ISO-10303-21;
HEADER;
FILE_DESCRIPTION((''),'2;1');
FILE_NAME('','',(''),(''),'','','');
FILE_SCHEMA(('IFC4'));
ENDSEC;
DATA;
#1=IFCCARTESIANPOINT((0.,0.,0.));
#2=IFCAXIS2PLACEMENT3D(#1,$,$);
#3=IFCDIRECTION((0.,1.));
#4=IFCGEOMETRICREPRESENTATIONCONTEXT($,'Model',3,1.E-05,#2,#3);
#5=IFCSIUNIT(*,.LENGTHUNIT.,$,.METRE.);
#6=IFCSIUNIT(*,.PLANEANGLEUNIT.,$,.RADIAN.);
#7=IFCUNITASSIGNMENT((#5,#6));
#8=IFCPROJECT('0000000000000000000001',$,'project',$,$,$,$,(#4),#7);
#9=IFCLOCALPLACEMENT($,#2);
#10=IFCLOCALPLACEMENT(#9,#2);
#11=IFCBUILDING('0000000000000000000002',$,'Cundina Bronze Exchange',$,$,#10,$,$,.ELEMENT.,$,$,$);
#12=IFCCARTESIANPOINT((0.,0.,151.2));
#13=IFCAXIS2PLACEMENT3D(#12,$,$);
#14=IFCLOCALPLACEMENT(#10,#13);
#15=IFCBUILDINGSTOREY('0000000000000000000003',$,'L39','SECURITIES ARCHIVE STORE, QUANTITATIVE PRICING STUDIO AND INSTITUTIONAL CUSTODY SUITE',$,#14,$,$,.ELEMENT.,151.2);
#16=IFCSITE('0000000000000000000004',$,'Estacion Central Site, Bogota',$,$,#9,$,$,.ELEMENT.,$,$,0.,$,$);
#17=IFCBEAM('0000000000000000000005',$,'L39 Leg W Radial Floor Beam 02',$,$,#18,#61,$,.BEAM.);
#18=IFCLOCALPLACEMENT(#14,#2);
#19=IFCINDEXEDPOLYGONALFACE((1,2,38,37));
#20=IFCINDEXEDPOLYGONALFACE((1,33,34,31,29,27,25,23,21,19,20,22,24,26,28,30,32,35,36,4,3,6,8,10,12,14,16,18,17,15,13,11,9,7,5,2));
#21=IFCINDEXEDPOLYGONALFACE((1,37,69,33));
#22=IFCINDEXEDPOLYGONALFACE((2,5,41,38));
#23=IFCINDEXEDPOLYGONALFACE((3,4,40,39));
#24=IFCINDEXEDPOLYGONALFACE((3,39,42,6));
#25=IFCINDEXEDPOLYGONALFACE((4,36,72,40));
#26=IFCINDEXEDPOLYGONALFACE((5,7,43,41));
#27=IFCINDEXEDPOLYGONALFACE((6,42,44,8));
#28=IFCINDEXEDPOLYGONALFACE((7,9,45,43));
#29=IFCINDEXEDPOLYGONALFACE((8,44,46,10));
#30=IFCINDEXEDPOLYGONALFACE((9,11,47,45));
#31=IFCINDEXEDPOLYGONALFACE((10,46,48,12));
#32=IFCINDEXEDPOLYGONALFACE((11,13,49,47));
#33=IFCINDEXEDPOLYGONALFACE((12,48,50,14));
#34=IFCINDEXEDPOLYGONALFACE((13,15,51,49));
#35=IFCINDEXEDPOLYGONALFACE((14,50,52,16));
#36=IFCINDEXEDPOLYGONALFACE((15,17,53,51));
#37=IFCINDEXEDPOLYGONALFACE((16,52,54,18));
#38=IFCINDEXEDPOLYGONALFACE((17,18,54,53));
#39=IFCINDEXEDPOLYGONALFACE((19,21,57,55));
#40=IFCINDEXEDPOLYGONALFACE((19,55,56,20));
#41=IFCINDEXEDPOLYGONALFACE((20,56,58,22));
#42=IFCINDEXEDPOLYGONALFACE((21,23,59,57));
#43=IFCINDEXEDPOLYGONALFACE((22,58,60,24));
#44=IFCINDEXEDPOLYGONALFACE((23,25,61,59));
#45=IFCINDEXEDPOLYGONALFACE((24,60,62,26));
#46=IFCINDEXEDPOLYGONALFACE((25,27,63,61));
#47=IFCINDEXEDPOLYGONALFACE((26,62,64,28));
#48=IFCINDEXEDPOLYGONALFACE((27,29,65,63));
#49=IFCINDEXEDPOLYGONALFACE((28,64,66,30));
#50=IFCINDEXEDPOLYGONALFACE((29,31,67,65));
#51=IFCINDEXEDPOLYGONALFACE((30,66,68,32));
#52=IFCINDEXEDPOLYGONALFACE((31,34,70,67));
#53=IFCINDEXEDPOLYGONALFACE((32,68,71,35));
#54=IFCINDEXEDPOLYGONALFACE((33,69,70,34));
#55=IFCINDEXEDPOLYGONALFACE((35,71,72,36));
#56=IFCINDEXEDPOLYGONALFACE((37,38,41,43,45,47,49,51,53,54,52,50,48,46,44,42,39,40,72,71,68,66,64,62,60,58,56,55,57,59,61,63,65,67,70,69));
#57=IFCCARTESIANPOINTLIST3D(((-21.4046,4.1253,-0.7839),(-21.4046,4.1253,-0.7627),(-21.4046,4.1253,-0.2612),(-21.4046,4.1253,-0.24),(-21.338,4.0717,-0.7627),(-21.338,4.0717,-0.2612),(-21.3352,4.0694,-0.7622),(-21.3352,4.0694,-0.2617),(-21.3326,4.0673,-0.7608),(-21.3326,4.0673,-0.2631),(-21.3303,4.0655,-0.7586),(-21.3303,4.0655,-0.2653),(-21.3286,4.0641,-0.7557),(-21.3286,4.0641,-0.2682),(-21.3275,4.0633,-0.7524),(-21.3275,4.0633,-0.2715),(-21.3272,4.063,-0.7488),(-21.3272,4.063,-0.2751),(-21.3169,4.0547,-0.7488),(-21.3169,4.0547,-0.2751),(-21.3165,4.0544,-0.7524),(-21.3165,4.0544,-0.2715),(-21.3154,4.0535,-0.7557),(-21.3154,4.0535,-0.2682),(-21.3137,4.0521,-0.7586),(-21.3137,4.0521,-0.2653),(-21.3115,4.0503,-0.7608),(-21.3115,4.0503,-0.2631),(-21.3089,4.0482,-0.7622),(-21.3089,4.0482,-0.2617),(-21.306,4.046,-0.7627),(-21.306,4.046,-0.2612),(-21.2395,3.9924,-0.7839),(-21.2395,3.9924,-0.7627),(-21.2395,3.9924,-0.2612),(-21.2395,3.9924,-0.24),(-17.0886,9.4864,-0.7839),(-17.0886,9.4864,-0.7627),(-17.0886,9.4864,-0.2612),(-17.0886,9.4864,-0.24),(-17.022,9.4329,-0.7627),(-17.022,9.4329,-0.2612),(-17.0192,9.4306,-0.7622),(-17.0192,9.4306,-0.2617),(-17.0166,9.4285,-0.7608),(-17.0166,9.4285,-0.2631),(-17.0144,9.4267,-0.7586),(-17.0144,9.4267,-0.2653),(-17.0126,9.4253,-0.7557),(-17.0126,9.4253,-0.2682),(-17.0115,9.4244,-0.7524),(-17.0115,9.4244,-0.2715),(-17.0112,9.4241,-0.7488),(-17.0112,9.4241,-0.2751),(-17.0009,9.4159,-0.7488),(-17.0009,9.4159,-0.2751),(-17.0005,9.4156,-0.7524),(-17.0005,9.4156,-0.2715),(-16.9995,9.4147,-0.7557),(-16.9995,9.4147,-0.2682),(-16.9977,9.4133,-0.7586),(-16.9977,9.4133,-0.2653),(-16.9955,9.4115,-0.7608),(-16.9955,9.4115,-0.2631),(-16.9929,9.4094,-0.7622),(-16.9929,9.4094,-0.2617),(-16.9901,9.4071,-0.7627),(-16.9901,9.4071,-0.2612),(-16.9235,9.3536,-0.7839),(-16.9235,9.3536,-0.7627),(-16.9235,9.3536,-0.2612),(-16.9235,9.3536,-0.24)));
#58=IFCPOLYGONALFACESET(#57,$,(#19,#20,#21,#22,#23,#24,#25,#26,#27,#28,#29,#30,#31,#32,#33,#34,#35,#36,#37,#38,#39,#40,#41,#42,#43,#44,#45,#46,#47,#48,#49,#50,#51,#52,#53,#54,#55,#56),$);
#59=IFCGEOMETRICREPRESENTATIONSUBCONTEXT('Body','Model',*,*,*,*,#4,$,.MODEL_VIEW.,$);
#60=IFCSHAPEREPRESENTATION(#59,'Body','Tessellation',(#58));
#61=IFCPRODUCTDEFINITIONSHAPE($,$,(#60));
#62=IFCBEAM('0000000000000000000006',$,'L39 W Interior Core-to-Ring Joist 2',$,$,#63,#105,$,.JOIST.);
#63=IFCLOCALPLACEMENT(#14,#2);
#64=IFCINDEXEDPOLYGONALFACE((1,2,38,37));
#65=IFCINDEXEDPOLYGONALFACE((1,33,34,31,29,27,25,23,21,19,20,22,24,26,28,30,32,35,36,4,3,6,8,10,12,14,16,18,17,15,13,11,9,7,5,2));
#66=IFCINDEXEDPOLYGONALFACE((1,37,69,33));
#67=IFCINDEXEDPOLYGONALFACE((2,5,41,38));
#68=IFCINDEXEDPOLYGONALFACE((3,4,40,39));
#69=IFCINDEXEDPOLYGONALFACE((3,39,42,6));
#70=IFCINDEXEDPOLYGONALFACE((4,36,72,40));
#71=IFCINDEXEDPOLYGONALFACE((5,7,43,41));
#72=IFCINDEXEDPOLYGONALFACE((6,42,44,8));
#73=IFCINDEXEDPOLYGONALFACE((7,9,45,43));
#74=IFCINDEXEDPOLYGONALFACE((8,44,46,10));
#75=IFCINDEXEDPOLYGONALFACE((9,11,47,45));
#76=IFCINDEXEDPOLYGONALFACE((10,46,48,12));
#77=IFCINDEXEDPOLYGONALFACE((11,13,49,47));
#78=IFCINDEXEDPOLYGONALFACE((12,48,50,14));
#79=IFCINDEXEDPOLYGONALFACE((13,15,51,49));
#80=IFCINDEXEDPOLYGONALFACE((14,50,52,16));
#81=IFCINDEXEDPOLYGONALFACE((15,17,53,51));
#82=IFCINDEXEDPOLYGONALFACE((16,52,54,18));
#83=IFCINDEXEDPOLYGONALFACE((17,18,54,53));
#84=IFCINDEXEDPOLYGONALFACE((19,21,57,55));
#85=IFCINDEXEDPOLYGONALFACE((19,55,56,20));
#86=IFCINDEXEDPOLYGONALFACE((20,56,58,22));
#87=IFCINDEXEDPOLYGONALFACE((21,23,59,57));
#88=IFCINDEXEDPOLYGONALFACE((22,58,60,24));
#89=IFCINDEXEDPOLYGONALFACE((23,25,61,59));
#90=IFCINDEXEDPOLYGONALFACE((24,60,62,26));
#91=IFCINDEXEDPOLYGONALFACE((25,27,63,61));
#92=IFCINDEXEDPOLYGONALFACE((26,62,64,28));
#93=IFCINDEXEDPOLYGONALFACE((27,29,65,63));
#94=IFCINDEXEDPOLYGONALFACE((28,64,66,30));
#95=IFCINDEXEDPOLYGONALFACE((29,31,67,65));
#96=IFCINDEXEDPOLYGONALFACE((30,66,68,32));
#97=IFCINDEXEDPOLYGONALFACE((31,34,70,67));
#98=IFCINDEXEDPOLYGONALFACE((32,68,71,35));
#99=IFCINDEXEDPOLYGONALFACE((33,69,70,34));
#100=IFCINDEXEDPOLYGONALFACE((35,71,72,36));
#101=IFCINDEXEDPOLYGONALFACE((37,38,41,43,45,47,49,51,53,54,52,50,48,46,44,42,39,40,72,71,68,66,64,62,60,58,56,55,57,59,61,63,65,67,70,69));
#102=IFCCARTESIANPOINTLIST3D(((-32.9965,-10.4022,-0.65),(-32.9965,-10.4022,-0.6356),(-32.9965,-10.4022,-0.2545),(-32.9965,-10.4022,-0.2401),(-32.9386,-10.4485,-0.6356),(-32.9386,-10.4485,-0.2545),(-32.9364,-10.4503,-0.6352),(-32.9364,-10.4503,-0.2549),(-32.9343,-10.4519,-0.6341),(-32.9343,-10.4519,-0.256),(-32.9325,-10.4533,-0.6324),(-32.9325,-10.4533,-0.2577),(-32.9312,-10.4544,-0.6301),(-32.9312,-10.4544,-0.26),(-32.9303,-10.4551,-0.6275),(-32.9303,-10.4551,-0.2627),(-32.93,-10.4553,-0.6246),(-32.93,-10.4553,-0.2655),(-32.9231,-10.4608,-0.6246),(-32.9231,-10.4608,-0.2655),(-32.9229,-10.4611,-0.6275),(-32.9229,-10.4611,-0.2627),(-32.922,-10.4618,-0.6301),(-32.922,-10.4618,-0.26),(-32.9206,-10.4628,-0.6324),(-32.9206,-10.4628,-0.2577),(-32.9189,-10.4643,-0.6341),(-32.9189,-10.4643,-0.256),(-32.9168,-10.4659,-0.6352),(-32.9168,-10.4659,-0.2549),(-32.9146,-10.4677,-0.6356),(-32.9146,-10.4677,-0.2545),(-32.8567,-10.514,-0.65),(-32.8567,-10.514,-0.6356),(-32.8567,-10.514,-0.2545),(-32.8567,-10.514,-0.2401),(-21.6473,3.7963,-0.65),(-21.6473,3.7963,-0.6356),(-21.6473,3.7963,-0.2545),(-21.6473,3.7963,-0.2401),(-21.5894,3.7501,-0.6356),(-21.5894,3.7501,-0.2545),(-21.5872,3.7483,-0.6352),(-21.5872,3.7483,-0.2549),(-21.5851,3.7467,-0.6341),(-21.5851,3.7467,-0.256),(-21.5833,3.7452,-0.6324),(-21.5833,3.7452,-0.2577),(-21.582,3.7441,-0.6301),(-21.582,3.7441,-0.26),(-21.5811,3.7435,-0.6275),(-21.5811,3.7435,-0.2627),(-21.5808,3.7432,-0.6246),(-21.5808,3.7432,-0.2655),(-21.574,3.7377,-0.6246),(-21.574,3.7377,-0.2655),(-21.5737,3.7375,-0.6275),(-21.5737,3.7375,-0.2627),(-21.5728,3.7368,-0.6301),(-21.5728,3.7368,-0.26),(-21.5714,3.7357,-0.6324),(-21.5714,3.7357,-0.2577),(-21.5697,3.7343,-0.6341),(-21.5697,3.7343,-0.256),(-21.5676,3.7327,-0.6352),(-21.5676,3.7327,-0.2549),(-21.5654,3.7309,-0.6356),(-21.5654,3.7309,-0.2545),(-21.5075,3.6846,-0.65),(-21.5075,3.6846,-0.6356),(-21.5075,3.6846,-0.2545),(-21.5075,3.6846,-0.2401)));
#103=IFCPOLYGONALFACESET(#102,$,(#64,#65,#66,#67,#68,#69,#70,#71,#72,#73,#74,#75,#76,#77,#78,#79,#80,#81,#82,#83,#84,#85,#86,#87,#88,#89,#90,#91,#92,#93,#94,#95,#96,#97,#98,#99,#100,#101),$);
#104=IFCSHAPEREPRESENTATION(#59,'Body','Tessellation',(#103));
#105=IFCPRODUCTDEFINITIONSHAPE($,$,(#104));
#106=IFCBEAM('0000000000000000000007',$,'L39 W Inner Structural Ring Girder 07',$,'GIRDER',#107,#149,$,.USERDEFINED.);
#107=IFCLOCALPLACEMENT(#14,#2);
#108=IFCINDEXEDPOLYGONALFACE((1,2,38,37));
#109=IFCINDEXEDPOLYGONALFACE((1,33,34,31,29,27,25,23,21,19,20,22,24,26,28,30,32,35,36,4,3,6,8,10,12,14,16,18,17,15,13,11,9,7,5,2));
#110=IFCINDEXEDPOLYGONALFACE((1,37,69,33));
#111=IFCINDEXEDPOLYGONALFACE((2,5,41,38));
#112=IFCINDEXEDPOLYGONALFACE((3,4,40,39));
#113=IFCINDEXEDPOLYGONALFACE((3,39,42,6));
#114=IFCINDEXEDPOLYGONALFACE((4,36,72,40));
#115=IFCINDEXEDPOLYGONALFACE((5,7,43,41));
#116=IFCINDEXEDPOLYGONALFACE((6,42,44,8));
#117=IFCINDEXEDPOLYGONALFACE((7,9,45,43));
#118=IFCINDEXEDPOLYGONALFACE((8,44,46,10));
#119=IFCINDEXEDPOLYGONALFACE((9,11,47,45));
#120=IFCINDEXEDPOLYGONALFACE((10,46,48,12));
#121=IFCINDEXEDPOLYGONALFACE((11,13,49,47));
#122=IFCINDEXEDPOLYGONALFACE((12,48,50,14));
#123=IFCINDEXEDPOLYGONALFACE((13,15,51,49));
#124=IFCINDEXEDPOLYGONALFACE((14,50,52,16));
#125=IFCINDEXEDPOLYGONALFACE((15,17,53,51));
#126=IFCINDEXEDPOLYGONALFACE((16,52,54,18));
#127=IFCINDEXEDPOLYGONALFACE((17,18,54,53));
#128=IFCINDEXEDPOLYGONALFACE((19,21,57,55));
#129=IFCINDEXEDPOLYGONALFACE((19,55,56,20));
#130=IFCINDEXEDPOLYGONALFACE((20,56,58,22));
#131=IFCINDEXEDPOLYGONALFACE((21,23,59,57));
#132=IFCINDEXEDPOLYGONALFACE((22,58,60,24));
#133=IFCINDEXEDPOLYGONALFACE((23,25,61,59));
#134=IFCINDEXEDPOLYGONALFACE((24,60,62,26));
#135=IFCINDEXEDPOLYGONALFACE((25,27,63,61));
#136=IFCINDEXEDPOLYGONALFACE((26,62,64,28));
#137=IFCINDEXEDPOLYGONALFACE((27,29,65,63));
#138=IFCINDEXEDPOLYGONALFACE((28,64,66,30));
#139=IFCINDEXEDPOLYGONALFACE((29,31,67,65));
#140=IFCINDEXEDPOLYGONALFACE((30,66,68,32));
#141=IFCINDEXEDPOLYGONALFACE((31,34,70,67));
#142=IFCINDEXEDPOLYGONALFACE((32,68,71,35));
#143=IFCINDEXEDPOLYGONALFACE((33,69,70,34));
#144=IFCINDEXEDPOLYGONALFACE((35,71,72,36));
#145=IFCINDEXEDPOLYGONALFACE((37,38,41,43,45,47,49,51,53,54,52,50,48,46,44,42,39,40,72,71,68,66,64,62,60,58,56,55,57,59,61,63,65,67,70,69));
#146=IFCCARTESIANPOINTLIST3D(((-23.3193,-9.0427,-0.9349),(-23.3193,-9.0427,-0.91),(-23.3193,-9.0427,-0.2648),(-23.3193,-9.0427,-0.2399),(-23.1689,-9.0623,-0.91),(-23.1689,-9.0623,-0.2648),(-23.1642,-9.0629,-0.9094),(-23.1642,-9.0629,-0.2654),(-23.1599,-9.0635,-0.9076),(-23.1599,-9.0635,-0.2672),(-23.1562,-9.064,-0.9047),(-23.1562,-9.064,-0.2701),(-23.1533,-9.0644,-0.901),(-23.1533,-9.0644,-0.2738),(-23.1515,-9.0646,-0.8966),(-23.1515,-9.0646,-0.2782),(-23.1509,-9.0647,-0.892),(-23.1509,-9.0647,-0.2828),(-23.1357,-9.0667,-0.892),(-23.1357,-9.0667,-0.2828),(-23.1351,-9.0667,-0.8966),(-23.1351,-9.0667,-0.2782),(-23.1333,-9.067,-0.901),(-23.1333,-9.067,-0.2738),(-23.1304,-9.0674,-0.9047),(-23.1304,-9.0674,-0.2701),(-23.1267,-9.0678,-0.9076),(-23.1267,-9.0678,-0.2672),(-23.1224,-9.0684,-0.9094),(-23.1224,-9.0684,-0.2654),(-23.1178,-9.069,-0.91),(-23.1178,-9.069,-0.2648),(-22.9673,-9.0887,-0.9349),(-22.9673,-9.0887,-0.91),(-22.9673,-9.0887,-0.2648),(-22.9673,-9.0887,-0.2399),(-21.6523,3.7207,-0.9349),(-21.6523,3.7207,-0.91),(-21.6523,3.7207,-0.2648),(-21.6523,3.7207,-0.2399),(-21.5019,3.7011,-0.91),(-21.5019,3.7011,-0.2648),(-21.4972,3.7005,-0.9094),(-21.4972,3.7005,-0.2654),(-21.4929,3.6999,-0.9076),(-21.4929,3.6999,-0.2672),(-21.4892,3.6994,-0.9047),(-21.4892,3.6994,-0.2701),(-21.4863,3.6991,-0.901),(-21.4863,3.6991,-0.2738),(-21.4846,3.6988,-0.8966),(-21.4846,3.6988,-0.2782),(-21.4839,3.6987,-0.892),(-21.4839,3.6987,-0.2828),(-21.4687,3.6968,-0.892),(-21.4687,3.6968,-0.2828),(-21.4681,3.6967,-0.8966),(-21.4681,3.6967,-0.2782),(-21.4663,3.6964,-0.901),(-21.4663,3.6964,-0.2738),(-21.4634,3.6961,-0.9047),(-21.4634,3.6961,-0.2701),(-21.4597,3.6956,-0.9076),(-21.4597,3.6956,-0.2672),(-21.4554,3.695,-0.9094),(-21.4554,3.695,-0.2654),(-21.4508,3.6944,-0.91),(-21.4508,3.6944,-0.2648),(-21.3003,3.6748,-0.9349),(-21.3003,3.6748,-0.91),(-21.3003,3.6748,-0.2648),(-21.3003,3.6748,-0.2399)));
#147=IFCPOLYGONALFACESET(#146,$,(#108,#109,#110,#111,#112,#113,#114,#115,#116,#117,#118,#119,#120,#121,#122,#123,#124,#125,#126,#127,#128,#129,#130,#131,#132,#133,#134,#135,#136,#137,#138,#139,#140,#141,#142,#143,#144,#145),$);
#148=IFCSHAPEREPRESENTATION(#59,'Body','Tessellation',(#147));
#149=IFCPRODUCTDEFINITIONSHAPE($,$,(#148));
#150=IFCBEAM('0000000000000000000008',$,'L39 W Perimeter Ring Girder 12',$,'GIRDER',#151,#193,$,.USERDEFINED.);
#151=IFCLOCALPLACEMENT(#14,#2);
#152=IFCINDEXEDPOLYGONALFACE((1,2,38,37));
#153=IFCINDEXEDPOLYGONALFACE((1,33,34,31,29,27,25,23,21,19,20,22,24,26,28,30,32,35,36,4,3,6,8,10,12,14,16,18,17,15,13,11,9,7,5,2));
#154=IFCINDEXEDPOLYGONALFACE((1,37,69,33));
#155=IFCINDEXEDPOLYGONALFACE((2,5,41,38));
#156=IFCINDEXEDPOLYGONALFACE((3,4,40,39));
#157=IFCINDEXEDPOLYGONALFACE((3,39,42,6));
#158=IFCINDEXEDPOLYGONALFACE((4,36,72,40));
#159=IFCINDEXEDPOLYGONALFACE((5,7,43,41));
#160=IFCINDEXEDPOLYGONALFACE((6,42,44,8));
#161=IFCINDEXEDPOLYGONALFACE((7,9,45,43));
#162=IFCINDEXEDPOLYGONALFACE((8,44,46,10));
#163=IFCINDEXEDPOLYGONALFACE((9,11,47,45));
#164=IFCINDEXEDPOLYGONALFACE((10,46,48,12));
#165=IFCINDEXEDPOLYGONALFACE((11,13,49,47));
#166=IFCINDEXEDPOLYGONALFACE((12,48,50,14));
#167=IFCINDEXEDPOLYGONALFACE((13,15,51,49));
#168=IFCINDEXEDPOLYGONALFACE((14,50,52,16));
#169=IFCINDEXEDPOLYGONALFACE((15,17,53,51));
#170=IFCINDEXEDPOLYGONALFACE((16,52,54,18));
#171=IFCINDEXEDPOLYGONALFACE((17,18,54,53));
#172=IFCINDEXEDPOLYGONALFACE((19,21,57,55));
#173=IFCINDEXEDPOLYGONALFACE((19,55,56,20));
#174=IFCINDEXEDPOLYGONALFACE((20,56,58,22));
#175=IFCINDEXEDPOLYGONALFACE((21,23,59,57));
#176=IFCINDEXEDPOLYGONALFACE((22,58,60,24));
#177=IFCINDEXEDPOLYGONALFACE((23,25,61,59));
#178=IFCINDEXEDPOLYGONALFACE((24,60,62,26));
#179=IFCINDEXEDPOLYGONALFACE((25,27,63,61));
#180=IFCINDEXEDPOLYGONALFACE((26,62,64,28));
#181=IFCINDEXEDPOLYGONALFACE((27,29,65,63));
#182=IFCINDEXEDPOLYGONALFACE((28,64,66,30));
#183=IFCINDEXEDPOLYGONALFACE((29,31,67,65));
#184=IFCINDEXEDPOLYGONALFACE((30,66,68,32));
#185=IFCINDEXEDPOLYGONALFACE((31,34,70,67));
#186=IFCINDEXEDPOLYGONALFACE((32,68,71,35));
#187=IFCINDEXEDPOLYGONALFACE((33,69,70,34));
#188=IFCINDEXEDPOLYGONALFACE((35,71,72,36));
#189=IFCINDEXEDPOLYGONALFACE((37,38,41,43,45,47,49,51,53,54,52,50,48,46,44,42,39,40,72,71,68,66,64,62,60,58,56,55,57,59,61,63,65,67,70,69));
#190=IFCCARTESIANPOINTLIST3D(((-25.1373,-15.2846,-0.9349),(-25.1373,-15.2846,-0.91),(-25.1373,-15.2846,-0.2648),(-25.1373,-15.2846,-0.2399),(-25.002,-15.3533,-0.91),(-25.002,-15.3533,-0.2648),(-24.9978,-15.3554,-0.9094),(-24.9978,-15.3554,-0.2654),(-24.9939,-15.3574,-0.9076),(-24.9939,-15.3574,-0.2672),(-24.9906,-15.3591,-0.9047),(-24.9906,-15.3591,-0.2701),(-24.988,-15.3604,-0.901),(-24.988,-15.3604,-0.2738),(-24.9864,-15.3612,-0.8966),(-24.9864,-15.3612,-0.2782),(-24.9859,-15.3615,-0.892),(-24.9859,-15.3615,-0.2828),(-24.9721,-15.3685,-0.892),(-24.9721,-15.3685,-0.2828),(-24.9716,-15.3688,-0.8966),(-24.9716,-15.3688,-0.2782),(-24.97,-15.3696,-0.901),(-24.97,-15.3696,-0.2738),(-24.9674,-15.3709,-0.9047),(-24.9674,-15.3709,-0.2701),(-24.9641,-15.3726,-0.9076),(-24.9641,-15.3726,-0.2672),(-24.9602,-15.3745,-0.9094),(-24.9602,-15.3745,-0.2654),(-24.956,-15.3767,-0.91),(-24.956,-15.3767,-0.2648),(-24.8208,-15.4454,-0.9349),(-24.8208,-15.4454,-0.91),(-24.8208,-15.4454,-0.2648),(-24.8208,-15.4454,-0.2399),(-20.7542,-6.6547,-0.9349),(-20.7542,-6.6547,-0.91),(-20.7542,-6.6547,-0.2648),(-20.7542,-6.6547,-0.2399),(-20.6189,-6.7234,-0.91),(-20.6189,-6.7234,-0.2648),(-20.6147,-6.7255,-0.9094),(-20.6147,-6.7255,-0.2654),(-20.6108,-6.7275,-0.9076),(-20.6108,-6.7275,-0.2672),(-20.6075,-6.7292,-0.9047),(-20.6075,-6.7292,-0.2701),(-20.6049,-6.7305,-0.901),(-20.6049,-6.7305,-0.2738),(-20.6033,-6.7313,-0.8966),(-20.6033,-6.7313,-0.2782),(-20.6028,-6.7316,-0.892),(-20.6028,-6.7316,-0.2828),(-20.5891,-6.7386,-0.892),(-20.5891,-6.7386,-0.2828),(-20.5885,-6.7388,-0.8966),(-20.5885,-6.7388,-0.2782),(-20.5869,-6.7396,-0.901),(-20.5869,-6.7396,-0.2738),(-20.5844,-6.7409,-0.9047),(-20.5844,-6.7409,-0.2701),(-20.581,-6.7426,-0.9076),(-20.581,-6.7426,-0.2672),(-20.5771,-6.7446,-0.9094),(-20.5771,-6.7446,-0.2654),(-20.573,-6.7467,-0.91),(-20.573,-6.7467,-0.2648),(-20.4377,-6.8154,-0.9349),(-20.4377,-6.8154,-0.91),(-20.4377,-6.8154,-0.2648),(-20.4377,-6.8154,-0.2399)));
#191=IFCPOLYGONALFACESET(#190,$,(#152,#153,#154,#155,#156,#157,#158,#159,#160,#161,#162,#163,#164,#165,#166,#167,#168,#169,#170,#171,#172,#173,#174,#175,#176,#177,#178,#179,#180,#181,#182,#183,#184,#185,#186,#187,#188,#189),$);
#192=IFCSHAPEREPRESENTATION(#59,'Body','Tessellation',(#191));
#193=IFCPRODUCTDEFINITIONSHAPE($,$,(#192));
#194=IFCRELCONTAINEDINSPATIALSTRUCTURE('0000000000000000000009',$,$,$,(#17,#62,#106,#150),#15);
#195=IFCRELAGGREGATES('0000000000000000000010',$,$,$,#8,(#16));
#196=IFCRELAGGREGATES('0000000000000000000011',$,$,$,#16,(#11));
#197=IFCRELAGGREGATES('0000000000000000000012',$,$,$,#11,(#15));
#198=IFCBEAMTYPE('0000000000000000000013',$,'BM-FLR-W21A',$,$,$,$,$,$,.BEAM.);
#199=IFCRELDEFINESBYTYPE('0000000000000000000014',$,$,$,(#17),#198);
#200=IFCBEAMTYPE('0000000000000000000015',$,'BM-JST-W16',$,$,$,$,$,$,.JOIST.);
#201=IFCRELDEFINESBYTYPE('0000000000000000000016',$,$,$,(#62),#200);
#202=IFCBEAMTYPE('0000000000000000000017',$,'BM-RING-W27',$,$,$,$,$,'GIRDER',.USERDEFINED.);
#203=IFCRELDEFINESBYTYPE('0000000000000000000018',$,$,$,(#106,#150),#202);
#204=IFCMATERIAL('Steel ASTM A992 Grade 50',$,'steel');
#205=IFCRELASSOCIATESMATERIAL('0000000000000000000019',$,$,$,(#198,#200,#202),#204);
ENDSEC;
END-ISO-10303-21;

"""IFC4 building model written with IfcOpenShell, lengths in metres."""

from ifc_helpers import new_model, si_unit, direction, frame, origin, origin_2d, place, context, subcontext, project, spatial, i_section, extrude, material, material_profile, profile_set, type_object, element, save


model = new_model("IFC4")

# Units and contexts
model_context = context("Model", 3, precision=1e-05, world=origin(), true_north=direction((0.0, 1.0)))
body_context = subcontext(model_context, "Body", "Model", "MODEL_VIEW")
ifc_project = project(units=[si_unit("LENGTHUNIT", "METRE"), si_unit("PLANEANGLEUNIT", "RADIAN")], contexts=[model_context])

# Site, building, storey
site_placement = place(None, origin())
site = spatial("IfcSite", under=ifc_project, at=site_placement, Name="Estacion Central Site, Bogota", CompositionType="ELEMENT", RefElevation=0.0)
building_placement = place(site_placement, origin())
building = spatial("IfcBuilding", under=site, at=building_placement, Name="Cundina Bronze Exchange", CompositionType="ELEMENT")
storey_placement = place(building_placement, frame((0.0, 0.0, 151.2)))
storey = spatial("IfcBuildingStorey", under=building, at=storey_placement, Name="L39", Description="SECURITIES ARCHIVE STORE, QUANTITATIVE PRICING STUDIO AND INSTITUTIONAL CUSTODY SUITE", CompositionType="ELEMENT", Elevation=151.2)

# Shared definitions
ifc_material_1 = material(Name="Steel ASTM A992 Grade 50", Category="steel")

# Beams
ifc_material_profile_1 = material_profile(ifc_material_1, i_section(OverallWidth=0.2119, OverallDepth=0.5439, WebThickness=0.0132, FlangeThickness=0.0212, FilletRadius=0.0139, at=origin_2d()), Name="W21X83", Category="steel")
ifc_profile_set_1 = profile_set([ifc_material_profile_1], Name="Steel ASTM A992 Grade 50")
beam_type_1 = type_object("IfcBeamType", Name="BM-FLR-W21A", PredefinedType="BEAM", material=ifc_profile_set_1)
beam_1_placement = place(storey_placement, frame((-21.322, 4.0588, -0.512), z_axis=(0.627089, 0.778948, 0.0), x_axis=(-0.778948, 0.627089, 0.0)))
element("IfcBeam", 1, at=beam_1_placement, inside=storey, type_object=beam_type_1, Name="L39 Leg W Radial Floor Beam 02", PredefinedType="BEAM", context=body_context, shape_type="SweptSolid", body=[
    extrude(i_section(OverallWidth=0.2119, OverallDepth=0.5439, WebThickness=0.0132, FlangeThickness=0.0212, FilletRadius=0.0139, at=origin_2d()), origin(), (0.0, 0.0, 1.0), 6.8826),
])
ifc_material_profile_2 = material_profile(ifc_material_1, i_section(OverallWidth=0.179, OverallDepth=0.4099, WebThickness=0.0088, FlangeThickness=0.0144, FilletRadius=0.011, at=origin_2d()), Name="W16X45", Category="steel")
ifc_profile_set_2 = profile_set([ifc_material_profile_2], Name="Steel ASTM A992 Grade 50")
beam_type_2 = type_object("IfcBeamType", Name="BM-JST-W16", PredefinedType="JOIST", material=ifc_profile_set_2)
beam_2_placement = place(storey_placement, frame((-21.5774, 3.7405, -0.4451), z_axis=(-0.624371, -0.781128, 0.0), x_axis=(0.781128, -0.624371, 0.0)))
element("IfcBeam", 2, at=beam_2_placement, inside=storey, type_object=beam_type_2, Name="L39 W Interior Core-to-Ring Joist 2", PredefinedType="JOIST", context=body_context, shape_type="SweptSolid", body=[
    extrude(i_section(OverallWidth=0.179, OverallDepth=0.4099, WebThickness=0.0088, FlangeThickness=0.0144, FilletRadius=0.011, at=origin_2d()), origin(), (0.0, 0.0, 1.0), 18.177),
])
ifc_material_profile_3 = material_profile(ifc_material_1, i_section(OverallWidth=0.355, OverallDepth=0.6951, WebThickness=0.0154, FlangeThickness=0.0249, FilletRadius=0.0181, at=origin_2d()), Name="W27X146", Category="steel")
ifc_profile_set_3 = profile_set([ifc_material_profile_3], Name="Steel ASTM A992 Grade 50")
beam_type_3 = type_object("IfcBeamType", Name="BM-RING-W27", ElementType="GIRDER", PredefinedType="USERDEFINED", material=ifc_profile_set_3)
beam_3_placement = place(storey_placement, frame((-23.1433, -9.0657, -0.5874), z_axis=(0.129507, 0.991579, 0.0), x_axis=(-0.991579, 0.129507, 0.0)))
element("IfcBeam", 3, at=beam_3_placement, inside=storey, type_object=beam_type_3, Name="L39 W Inner Structural Ring Girder 07", ObjectType="GIRDER", PredefinedType="USERDEFINED", context=body_context, shape_type="SweptSolid", body=[
    extrude(i_section(OverallWidth=0.355, OverallDepth=0.6951, WebThickness=0.0154, FlangeThickness=0.0249, FilletRadius=0.0181, at=origin_2d()), origin(), (0.0, 0.0, 1.0), 12.8718),
])
beam_4_placement = place(storey_placement, frame((-24.979, -15.365, -0.5874), z_axis=(0.452835, 0.891595, 0.0), x_axis=(-0.891595, 0.452835, 0.0)))
element("IfcBeam", 4, at=beam_4_placement, inside=storey, type_object=beam_type_3, Name="L39 W Perimeter Ring Girder 12", ObjectType="GIRDER", PredefinedType="USERDEFINED", context=body_context, shape_type="SweptSolid", body=[
    extrude(i_section(OverallWidth=0.355, OverallDepth=0.6951, WebThickness=0.0154, FlangeThickness=0.0249, FilletRadius=0.0181, at=origin_2d()), origin(), (0.0, 0.0, 1.0), 9.6792),
])

save(model, "model.ifc")
